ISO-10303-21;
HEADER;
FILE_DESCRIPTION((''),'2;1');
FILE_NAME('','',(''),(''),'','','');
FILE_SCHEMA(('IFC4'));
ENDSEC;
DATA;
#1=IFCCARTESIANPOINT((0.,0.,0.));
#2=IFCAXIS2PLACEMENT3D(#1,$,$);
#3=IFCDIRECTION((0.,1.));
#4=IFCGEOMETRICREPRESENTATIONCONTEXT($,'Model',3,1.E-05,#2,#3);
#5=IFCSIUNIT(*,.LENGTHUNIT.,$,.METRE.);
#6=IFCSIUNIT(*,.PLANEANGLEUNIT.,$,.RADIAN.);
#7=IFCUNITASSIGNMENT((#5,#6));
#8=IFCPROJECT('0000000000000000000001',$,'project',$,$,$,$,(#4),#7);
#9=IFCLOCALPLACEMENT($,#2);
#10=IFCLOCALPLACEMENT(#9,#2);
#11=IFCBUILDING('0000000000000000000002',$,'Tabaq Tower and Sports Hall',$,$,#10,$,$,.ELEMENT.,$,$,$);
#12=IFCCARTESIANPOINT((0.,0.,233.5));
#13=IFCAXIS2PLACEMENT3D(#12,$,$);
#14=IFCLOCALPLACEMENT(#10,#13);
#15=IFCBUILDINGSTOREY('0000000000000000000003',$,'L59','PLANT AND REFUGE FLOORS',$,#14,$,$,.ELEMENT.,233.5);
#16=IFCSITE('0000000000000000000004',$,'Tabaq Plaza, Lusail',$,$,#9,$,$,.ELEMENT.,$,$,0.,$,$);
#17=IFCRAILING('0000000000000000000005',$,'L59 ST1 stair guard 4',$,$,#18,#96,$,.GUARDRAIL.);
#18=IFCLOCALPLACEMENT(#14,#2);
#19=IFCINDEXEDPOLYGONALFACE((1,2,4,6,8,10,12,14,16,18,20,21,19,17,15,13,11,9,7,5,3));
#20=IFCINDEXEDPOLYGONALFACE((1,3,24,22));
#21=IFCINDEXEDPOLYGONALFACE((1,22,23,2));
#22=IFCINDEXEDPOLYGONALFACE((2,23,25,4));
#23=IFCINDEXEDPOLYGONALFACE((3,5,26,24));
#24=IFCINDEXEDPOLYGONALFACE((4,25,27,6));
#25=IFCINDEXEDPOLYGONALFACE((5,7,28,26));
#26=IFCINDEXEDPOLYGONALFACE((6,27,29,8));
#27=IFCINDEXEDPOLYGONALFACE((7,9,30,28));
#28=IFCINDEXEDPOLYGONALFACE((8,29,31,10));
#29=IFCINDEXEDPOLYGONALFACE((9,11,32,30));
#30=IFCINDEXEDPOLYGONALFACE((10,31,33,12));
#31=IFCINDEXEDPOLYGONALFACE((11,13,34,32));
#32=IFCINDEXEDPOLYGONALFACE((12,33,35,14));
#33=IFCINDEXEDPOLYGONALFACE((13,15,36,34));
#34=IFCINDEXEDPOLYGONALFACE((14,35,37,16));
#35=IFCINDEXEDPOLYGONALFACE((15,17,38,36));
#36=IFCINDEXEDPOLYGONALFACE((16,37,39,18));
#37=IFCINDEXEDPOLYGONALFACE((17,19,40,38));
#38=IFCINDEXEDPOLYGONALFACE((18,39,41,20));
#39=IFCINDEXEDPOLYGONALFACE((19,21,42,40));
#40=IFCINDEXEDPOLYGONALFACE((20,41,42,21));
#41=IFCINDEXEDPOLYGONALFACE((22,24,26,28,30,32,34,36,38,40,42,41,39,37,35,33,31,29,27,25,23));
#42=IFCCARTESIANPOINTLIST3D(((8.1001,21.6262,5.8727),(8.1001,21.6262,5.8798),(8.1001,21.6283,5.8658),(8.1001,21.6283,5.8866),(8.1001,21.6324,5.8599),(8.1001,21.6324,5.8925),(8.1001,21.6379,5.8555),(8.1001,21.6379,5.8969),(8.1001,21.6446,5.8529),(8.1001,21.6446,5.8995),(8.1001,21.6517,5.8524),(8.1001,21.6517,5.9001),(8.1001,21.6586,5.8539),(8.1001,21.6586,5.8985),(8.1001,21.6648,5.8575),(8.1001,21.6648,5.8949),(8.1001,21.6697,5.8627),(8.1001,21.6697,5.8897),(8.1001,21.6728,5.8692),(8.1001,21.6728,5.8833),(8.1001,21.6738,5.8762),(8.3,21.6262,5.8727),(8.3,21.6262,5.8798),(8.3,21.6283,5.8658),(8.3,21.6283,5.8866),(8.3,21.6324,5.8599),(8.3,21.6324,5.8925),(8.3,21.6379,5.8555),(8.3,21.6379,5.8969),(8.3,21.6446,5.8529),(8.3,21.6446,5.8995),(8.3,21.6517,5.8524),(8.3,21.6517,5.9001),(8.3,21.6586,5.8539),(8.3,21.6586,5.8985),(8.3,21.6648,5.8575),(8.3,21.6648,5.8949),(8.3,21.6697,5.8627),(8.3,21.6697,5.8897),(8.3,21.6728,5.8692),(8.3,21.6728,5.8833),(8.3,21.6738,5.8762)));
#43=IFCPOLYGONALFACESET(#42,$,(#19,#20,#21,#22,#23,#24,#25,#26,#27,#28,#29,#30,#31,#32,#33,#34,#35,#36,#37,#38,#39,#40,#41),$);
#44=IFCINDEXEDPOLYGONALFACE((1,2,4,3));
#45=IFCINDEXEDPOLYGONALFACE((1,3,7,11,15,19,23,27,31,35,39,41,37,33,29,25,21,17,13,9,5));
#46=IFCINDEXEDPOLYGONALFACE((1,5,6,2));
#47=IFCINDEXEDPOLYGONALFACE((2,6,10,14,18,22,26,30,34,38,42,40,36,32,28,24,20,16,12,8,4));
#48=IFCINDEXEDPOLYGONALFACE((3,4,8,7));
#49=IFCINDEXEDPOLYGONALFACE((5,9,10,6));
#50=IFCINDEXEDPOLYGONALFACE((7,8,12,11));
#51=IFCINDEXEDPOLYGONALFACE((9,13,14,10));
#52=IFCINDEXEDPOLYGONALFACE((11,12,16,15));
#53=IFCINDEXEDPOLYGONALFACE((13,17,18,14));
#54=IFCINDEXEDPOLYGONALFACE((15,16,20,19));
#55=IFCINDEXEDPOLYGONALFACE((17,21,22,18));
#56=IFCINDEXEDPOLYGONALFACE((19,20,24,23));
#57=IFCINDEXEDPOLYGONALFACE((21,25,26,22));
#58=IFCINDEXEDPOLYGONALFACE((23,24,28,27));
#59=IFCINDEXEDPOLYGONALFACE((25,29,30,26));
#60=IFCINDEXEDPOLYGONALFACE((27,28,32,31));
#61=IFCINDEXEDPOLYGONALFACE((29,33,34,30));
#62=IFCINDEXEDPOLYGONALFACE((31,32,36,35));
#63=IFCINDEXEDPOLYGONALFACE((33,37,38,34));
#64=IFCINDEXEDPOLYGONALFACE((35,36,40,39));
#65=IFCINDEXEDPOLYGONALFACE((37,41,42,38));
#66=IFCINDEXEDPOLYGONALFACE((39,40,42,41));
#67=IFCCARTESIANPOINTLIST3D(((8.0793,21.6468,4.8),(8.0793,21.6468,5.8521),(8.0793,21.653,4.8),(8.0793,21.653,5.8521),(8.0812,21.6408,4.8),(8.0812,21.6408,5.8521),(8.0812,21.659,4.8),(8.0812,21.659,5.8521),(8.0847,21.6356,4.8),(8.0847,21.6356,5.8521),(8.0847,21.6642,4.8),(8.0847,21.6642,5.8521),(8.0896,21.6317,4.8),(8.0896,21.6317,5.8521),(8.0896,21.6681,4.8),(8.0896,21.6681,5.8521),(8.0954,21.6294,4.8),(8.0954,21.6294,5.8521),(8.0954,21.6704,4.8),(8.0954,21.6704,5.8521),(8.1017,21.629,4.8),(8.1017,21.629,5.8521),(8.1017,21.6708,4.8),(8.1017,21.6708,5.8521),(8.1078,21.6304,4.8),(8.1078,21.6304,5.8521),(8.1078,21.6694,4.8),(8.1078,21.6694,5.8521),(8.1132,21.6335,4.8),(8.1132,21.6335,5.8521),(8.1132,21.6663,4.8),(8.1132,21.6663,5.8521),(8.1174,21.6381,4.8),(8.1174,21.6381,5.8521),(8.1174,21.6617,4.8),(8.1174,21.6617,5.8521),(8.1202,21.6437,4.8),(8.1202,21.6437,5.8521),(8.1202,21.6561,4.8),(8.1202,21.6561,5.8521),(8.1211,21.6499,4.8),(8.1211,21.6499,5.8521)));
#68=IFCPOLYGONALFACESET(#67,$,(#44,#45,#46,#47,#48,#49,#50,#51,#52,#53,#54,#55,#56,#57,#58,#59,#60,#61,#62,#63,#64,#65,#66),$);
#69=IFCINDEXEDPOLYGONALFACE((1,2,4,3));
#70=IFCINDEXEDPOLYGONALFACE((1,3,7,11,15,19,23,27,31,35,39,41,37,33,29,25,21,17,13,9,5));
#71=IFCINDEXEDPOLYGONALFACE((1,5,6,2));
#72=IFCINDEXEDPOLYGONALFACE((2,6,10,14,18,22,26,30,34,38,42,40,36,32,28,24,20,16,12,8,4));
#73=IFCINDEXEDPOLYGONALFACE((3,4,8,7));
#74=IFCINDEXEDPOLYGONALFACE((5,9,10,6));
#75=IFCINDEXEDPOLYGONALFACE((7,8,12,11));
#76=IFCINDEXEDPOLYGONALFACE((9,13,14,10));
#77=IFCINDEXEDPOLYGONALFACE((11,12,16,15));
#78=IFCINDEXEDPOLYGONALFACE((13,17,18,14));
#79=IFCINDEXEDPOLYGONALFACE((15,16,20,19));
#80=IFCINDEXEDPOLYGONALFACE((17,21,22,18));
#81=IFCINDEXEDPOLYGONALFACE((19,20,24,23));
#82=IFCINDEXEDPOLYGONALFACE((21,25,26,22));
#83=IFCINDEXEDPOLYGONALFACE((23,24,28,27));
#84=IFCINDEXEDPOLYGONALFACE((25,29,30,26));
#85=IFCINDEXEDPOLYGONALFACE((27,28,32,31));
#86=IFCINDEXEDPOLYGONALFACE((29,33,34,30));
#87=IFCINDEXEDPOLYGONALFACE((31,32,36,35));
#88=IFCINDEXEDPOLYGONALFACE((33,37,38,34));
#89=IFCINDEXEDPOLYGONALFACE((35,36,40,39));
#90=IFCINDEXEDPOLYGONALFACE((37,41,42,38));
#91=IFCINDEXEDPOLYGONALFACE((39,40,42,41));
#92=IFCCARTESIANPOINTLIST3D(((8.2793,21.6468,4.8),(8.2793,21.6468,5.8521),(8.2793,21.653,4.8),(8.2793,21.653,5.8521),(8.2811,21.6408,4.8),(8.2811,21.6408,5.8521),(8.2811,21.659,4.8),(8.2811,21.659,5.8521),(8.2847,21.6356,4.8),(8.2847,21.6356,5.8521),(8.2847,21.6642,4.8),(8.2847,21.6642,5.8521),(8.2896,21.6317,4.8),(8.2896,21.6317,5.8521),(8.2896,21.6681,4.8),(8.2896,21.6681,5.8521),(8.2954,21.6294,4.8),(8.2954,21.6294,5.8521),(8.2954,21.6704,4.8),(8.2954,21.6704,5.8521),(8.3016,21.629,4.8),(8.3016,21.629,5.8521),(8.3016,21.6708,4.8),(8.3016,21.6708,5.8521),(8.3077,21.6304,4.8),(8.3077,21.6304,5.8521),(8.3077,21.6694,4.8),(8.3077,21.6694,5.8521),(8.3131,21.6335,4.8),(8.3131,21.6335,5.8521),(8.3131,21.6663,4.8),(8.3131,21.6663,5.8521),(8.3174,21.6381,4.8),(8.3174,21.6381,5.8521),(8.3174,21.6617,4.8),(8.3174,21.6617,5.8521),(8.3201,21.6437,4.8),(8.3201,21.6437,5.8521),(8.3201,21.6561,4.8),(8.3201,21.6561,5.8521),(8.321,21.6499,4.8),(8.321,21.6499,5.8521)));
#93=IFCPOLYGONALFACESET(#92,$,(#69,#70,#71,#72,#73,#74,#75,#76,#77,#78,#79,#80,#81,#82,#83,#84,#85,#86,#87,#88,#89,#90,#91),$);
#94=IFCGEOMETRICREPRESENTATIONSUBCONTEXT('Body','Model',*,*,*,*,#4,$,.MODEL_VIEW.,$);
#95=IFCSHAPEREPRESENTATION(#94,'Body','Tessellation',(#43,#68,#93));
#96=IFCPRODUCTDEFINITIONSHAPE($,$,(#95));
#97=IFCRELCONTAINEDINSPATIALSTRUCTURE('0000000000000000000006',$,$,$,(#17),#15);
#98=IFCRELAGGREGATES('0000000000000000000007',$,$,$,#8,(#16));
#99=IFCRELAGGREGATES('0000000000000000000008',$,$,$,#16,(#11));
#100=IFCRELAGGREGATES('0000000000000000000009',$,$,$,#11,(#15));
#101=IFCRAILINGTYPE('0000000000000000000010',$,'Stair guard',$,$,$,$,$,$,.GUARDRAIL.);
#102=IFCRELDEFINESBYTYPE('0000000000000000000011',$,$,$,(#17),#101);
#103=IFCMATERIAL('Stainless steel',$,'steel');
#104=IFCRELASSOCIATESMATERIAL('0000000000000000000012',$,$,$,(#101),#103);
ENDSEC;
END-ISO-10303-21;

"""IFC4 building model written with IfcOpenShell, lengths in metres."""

from ifc_helpers import new_model, si_unit, direction, frame, origin, origin_2d, place, context, subcontext, project, spatial, circle, extrude, material, type_object, element, save


model = new_model("IFC4")

# Units and contexts
model_context = context("Model", 3, precision=1e-05, world=origin(), true_north=direction((0.0, 1.0)))
body_context = subcontext(model_context, "Body", "Model", "MODEL_VIEW")
ifc_project = project(units=[si_unit("LENGTHUNIT", "METRE"), si_unit("PLANEANGLEUNIT", "RADIAN")], contexts=[model_context])

# Site, building, storey
site_placement = place(None, origin())
site = spatial("IfcSite", under=ifc_project, at=site_placement, Name="Tabaq Plaza, Lusail", CompositionType="ELEMENT", RefElevation=0.0)
building_placement = place(site_placement, origin())
building = spatial("IfcBuilding", under=site, at=building_placement, Name="Tabaq Tower and Sports Hall", CompositionType="ELEMENT")
storey_placement = place(building_placement, frame((0.0, 0.0, 233.5)))
storey = spatial("IfcBuildingStorey", under=building, at=storey_placement, Name="L59", Description="PLANT AND REFUGE FLOORS", CompositionType="ELEMENT", Elevation=233.5)

# Railing
ifc_material_1 = material(Name="Stainless steel", Category="steel")
railing_type_1 = type_object("IfcRailingType", Name="Stair guard", PredefinedType="GUARDRAIL", material=ifc_material_1)
railing_1_placement = place(storey_placement, frame((8.1001, 21.6499, 4.8)))
element("IfcRailing", 1, at=railing_1_placement, inside=storey, type_object=railing_type_1, Name="L59 ST1 stair guard 4", PredefinedType="GUARDRAIL", context=body_context, shape_type="SweptSolid", body=[
    extrude(circle(Radius=0.0239, at=origin_2d()), frame((0.0, 0.0, 1.0762), z_axis=(1.0, 0.0, 0.0), x_axis=(0.0, 1.0, 0.0)), (0.0, 0.0, 1.0), 0.2),
    extrude(circle(Radius=0.021, at=origin_2d()), origin(), (0.0, 0.0, 1.0), 1.052),
    extrude(circle(Radius=0.021, at=origin_2d()), frame((0.2, 0.0, 0.0)), (0.0, 0.0, 1.0), 1.052),
])

save(model, "model.ifc")
